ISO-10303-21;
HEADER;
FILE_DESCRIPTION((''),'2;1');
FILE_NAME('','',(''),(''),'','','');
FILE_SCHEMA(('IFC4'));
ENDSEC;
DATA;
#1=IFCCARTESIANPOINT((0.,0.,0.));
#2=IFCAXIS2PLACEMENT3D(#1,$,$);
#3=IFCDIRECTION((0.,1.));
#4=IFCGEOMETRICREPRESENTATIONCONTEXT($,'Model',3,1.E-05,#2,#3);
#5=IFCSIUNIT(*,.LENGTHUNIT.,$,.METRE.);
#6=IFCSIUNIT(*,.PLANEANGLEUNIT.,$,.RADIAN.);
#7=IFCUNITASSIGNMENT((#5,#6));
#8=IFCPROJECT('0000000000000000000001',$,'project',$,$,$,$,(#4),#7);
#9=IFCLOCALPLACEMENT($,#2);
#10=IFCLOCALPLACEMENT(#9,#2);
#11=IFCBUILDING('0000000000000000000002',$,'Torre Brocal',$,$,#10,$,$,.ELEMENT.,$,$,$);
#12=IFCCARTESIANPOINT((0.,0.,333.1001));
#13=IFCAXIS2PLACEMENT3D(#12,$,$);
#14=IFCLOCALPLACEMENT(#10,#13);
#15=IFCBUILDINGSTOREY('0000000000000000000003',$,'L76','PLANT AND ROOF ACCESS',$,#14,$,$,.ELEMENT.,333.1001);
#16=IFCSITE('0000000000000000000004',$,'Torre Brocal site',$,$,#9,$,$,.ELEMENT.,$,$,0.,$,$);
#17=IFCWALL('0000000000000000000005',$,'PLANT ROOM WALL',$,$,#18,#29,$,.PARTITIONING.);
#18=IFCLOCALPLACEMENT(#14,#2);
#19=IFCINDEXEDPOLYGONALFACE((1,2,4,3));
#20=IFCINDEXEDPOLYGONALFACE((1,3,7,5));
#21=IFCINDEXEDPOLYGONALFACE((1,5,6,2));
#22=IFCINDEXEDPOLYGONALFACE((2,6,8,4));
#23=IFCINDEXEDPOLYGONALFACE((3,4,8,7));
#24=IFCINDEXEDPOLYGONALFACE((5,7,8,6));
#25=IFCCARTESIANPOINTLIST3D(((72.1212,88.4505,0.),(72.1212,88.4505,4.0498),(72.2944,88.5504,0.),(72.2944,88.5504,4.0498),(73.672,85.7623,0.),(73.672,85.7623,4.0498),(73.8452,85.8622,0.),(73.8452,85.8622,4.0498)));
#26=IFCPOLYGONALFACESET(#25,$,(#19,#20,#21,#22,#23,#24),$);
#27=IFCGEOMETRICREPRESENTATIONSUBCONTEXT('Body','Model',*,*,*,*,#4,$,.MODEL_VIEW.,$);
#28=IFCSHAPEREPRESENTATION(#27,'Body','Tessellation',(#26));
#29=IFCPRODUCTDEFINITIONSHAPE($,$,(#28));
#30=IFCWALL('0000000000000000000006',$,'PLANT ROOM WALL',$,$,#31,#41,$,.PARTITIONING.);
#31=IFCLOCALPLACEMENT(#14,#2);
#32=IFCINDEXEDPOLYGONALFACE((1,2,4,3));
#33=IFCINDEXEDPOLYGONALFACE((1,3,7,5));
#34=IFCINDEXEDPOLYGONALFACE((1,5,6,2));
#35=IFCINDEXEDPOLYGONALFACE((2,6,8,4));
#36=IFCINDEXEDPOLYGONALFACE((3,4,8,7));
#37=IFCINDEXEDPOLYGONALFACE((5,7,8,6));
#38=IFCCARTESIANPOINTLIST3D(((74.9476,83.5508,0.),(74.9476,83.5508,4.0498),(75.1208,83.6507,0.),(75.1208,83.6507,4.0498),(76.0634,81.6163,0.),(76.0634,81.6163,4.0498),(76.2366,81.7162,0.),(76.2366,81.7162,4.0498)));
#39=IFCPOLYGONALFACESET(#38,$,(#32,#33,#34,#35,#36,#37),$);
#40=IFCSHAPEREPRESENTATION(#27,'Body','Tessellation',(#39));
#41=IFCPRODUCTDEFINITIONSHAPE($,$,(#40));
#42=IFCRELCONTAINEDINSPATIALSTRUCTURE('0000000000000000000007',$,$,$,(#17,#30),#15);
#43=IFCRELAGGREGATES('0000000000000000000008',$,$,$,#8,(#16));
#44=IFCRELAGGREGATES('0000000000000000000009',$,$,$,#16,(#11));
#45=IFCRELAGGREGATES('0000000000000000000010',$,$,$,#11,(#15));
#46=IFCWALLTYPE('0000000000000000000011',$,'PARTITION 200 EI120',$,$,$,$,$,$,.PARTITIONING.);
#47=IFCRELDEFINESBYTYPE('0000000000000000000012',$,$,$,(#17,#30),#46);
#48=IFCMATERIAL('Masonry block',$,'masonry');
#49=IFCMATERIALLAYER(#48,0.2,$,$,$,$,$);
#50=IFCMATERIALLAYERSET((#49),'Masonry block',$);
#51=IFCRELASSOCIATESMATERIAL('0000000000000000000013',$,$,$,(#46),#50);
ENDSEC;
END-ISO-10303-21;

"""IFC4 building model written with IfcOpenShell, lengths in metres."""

from ifc_helpers import new_model, si_unit, direction, frame, frame_2d, origin, place, context, subcontext, project, spatial, rectangle, extrude, material, layer, layer_set, type_object, element, save


model = new_model("IFC4")

# Units and contexts
model_context = context("Model", 3, precision=1e-05, world=origin(), true_north=direction((0.0, 1.0)))
body_context = subcontext(model_context, "Body", "Model", "MODEL_VIEW")
ifc_project = project(units=[si_unit("LENGTHUNIT", "METRE"), si_unit("PLANEANGLEUNIT", "RADIAN")], contexts=[model_context])

# Site, building, storey
site_placement = place(None, origin())
site = spatial("IfcSite", under=ifc_project, at=site_placement, Name="Torre Brocal site", CompositionType="ELEMENT", RefElevation=0.0)
building_placement = place(site_placement, origin())
building = spatial("IfcBuilding", under=site, at=building_placement, Name="Torre Brocal", CompositionType="ELEMENT")
storey_placement = place(building_placement, frame((0.0, 0.0, 333.1001)))
storey = spatial("IfcBuildingStorey", under=building, at=storey_placement, Name="L76", Description="PLANT AND ROOF ACCESS", CompositionType="ELEMENT", Elevation=333.1001)

# Shared definitions
ifc_material_1 = material(Name="Masonry block", Category="masonry")
ifc_layer_1 = layer(ifc_material_1, 0.2)
ifc_layer_set_1 = layer_set([ifc_layer_1], Name="Masonry block")
wall_type_1 = type_object("IfcWallType", Name="PARTITION 200 EI120", PredefinedType="PARTITIONING", material=ifc_layer_set_1)

# Wall
wall_1_placement = place(storey_placement, frame((72.2078, 88.5005, 0.0), z_axis=(0.0, 0.0, 1.0), x_axis=(0.499693, -0.866203, 0.0)))
element("IfcWall", 1, at=wall_1_placement, inside=storey, type_object=wall_type_1, Name="PLANT ROOM WALL", PredefinedType="PARTITIONING", context=body_context, shape_type="SweptSolid", body=[
    extrude(rectangle(XDim=3.1035, YDim=0.2, at=frame_2d((1.5518, 0.0))), origin(), (0.0, 0.0, 1.0), 4.0498),
])

# Wall
wall_2_placement = place(storey_placement, frame((75.0342, 83.6008, 0.0), z_axis=(0.0, 0.0, 1.0), x_axis=(0.499644, -0.866231, 0.0)))
element("IfcWall", 2, at=wall_2_placement, inside=storey, type_object=wall_type_1, Name="PLANT ROOM WALL", PredefinedType="PARTITIONING", context=body_context, shape_type="SweptSolid", body=[
    extrude(rectangle(XDim=2.2332, YDim=0.2, at=frame_2d((1.1167, 0.0))), origin(), (0.0, 0.0, 1.0), 4.0498),
])

save(model, "model.ifc")
